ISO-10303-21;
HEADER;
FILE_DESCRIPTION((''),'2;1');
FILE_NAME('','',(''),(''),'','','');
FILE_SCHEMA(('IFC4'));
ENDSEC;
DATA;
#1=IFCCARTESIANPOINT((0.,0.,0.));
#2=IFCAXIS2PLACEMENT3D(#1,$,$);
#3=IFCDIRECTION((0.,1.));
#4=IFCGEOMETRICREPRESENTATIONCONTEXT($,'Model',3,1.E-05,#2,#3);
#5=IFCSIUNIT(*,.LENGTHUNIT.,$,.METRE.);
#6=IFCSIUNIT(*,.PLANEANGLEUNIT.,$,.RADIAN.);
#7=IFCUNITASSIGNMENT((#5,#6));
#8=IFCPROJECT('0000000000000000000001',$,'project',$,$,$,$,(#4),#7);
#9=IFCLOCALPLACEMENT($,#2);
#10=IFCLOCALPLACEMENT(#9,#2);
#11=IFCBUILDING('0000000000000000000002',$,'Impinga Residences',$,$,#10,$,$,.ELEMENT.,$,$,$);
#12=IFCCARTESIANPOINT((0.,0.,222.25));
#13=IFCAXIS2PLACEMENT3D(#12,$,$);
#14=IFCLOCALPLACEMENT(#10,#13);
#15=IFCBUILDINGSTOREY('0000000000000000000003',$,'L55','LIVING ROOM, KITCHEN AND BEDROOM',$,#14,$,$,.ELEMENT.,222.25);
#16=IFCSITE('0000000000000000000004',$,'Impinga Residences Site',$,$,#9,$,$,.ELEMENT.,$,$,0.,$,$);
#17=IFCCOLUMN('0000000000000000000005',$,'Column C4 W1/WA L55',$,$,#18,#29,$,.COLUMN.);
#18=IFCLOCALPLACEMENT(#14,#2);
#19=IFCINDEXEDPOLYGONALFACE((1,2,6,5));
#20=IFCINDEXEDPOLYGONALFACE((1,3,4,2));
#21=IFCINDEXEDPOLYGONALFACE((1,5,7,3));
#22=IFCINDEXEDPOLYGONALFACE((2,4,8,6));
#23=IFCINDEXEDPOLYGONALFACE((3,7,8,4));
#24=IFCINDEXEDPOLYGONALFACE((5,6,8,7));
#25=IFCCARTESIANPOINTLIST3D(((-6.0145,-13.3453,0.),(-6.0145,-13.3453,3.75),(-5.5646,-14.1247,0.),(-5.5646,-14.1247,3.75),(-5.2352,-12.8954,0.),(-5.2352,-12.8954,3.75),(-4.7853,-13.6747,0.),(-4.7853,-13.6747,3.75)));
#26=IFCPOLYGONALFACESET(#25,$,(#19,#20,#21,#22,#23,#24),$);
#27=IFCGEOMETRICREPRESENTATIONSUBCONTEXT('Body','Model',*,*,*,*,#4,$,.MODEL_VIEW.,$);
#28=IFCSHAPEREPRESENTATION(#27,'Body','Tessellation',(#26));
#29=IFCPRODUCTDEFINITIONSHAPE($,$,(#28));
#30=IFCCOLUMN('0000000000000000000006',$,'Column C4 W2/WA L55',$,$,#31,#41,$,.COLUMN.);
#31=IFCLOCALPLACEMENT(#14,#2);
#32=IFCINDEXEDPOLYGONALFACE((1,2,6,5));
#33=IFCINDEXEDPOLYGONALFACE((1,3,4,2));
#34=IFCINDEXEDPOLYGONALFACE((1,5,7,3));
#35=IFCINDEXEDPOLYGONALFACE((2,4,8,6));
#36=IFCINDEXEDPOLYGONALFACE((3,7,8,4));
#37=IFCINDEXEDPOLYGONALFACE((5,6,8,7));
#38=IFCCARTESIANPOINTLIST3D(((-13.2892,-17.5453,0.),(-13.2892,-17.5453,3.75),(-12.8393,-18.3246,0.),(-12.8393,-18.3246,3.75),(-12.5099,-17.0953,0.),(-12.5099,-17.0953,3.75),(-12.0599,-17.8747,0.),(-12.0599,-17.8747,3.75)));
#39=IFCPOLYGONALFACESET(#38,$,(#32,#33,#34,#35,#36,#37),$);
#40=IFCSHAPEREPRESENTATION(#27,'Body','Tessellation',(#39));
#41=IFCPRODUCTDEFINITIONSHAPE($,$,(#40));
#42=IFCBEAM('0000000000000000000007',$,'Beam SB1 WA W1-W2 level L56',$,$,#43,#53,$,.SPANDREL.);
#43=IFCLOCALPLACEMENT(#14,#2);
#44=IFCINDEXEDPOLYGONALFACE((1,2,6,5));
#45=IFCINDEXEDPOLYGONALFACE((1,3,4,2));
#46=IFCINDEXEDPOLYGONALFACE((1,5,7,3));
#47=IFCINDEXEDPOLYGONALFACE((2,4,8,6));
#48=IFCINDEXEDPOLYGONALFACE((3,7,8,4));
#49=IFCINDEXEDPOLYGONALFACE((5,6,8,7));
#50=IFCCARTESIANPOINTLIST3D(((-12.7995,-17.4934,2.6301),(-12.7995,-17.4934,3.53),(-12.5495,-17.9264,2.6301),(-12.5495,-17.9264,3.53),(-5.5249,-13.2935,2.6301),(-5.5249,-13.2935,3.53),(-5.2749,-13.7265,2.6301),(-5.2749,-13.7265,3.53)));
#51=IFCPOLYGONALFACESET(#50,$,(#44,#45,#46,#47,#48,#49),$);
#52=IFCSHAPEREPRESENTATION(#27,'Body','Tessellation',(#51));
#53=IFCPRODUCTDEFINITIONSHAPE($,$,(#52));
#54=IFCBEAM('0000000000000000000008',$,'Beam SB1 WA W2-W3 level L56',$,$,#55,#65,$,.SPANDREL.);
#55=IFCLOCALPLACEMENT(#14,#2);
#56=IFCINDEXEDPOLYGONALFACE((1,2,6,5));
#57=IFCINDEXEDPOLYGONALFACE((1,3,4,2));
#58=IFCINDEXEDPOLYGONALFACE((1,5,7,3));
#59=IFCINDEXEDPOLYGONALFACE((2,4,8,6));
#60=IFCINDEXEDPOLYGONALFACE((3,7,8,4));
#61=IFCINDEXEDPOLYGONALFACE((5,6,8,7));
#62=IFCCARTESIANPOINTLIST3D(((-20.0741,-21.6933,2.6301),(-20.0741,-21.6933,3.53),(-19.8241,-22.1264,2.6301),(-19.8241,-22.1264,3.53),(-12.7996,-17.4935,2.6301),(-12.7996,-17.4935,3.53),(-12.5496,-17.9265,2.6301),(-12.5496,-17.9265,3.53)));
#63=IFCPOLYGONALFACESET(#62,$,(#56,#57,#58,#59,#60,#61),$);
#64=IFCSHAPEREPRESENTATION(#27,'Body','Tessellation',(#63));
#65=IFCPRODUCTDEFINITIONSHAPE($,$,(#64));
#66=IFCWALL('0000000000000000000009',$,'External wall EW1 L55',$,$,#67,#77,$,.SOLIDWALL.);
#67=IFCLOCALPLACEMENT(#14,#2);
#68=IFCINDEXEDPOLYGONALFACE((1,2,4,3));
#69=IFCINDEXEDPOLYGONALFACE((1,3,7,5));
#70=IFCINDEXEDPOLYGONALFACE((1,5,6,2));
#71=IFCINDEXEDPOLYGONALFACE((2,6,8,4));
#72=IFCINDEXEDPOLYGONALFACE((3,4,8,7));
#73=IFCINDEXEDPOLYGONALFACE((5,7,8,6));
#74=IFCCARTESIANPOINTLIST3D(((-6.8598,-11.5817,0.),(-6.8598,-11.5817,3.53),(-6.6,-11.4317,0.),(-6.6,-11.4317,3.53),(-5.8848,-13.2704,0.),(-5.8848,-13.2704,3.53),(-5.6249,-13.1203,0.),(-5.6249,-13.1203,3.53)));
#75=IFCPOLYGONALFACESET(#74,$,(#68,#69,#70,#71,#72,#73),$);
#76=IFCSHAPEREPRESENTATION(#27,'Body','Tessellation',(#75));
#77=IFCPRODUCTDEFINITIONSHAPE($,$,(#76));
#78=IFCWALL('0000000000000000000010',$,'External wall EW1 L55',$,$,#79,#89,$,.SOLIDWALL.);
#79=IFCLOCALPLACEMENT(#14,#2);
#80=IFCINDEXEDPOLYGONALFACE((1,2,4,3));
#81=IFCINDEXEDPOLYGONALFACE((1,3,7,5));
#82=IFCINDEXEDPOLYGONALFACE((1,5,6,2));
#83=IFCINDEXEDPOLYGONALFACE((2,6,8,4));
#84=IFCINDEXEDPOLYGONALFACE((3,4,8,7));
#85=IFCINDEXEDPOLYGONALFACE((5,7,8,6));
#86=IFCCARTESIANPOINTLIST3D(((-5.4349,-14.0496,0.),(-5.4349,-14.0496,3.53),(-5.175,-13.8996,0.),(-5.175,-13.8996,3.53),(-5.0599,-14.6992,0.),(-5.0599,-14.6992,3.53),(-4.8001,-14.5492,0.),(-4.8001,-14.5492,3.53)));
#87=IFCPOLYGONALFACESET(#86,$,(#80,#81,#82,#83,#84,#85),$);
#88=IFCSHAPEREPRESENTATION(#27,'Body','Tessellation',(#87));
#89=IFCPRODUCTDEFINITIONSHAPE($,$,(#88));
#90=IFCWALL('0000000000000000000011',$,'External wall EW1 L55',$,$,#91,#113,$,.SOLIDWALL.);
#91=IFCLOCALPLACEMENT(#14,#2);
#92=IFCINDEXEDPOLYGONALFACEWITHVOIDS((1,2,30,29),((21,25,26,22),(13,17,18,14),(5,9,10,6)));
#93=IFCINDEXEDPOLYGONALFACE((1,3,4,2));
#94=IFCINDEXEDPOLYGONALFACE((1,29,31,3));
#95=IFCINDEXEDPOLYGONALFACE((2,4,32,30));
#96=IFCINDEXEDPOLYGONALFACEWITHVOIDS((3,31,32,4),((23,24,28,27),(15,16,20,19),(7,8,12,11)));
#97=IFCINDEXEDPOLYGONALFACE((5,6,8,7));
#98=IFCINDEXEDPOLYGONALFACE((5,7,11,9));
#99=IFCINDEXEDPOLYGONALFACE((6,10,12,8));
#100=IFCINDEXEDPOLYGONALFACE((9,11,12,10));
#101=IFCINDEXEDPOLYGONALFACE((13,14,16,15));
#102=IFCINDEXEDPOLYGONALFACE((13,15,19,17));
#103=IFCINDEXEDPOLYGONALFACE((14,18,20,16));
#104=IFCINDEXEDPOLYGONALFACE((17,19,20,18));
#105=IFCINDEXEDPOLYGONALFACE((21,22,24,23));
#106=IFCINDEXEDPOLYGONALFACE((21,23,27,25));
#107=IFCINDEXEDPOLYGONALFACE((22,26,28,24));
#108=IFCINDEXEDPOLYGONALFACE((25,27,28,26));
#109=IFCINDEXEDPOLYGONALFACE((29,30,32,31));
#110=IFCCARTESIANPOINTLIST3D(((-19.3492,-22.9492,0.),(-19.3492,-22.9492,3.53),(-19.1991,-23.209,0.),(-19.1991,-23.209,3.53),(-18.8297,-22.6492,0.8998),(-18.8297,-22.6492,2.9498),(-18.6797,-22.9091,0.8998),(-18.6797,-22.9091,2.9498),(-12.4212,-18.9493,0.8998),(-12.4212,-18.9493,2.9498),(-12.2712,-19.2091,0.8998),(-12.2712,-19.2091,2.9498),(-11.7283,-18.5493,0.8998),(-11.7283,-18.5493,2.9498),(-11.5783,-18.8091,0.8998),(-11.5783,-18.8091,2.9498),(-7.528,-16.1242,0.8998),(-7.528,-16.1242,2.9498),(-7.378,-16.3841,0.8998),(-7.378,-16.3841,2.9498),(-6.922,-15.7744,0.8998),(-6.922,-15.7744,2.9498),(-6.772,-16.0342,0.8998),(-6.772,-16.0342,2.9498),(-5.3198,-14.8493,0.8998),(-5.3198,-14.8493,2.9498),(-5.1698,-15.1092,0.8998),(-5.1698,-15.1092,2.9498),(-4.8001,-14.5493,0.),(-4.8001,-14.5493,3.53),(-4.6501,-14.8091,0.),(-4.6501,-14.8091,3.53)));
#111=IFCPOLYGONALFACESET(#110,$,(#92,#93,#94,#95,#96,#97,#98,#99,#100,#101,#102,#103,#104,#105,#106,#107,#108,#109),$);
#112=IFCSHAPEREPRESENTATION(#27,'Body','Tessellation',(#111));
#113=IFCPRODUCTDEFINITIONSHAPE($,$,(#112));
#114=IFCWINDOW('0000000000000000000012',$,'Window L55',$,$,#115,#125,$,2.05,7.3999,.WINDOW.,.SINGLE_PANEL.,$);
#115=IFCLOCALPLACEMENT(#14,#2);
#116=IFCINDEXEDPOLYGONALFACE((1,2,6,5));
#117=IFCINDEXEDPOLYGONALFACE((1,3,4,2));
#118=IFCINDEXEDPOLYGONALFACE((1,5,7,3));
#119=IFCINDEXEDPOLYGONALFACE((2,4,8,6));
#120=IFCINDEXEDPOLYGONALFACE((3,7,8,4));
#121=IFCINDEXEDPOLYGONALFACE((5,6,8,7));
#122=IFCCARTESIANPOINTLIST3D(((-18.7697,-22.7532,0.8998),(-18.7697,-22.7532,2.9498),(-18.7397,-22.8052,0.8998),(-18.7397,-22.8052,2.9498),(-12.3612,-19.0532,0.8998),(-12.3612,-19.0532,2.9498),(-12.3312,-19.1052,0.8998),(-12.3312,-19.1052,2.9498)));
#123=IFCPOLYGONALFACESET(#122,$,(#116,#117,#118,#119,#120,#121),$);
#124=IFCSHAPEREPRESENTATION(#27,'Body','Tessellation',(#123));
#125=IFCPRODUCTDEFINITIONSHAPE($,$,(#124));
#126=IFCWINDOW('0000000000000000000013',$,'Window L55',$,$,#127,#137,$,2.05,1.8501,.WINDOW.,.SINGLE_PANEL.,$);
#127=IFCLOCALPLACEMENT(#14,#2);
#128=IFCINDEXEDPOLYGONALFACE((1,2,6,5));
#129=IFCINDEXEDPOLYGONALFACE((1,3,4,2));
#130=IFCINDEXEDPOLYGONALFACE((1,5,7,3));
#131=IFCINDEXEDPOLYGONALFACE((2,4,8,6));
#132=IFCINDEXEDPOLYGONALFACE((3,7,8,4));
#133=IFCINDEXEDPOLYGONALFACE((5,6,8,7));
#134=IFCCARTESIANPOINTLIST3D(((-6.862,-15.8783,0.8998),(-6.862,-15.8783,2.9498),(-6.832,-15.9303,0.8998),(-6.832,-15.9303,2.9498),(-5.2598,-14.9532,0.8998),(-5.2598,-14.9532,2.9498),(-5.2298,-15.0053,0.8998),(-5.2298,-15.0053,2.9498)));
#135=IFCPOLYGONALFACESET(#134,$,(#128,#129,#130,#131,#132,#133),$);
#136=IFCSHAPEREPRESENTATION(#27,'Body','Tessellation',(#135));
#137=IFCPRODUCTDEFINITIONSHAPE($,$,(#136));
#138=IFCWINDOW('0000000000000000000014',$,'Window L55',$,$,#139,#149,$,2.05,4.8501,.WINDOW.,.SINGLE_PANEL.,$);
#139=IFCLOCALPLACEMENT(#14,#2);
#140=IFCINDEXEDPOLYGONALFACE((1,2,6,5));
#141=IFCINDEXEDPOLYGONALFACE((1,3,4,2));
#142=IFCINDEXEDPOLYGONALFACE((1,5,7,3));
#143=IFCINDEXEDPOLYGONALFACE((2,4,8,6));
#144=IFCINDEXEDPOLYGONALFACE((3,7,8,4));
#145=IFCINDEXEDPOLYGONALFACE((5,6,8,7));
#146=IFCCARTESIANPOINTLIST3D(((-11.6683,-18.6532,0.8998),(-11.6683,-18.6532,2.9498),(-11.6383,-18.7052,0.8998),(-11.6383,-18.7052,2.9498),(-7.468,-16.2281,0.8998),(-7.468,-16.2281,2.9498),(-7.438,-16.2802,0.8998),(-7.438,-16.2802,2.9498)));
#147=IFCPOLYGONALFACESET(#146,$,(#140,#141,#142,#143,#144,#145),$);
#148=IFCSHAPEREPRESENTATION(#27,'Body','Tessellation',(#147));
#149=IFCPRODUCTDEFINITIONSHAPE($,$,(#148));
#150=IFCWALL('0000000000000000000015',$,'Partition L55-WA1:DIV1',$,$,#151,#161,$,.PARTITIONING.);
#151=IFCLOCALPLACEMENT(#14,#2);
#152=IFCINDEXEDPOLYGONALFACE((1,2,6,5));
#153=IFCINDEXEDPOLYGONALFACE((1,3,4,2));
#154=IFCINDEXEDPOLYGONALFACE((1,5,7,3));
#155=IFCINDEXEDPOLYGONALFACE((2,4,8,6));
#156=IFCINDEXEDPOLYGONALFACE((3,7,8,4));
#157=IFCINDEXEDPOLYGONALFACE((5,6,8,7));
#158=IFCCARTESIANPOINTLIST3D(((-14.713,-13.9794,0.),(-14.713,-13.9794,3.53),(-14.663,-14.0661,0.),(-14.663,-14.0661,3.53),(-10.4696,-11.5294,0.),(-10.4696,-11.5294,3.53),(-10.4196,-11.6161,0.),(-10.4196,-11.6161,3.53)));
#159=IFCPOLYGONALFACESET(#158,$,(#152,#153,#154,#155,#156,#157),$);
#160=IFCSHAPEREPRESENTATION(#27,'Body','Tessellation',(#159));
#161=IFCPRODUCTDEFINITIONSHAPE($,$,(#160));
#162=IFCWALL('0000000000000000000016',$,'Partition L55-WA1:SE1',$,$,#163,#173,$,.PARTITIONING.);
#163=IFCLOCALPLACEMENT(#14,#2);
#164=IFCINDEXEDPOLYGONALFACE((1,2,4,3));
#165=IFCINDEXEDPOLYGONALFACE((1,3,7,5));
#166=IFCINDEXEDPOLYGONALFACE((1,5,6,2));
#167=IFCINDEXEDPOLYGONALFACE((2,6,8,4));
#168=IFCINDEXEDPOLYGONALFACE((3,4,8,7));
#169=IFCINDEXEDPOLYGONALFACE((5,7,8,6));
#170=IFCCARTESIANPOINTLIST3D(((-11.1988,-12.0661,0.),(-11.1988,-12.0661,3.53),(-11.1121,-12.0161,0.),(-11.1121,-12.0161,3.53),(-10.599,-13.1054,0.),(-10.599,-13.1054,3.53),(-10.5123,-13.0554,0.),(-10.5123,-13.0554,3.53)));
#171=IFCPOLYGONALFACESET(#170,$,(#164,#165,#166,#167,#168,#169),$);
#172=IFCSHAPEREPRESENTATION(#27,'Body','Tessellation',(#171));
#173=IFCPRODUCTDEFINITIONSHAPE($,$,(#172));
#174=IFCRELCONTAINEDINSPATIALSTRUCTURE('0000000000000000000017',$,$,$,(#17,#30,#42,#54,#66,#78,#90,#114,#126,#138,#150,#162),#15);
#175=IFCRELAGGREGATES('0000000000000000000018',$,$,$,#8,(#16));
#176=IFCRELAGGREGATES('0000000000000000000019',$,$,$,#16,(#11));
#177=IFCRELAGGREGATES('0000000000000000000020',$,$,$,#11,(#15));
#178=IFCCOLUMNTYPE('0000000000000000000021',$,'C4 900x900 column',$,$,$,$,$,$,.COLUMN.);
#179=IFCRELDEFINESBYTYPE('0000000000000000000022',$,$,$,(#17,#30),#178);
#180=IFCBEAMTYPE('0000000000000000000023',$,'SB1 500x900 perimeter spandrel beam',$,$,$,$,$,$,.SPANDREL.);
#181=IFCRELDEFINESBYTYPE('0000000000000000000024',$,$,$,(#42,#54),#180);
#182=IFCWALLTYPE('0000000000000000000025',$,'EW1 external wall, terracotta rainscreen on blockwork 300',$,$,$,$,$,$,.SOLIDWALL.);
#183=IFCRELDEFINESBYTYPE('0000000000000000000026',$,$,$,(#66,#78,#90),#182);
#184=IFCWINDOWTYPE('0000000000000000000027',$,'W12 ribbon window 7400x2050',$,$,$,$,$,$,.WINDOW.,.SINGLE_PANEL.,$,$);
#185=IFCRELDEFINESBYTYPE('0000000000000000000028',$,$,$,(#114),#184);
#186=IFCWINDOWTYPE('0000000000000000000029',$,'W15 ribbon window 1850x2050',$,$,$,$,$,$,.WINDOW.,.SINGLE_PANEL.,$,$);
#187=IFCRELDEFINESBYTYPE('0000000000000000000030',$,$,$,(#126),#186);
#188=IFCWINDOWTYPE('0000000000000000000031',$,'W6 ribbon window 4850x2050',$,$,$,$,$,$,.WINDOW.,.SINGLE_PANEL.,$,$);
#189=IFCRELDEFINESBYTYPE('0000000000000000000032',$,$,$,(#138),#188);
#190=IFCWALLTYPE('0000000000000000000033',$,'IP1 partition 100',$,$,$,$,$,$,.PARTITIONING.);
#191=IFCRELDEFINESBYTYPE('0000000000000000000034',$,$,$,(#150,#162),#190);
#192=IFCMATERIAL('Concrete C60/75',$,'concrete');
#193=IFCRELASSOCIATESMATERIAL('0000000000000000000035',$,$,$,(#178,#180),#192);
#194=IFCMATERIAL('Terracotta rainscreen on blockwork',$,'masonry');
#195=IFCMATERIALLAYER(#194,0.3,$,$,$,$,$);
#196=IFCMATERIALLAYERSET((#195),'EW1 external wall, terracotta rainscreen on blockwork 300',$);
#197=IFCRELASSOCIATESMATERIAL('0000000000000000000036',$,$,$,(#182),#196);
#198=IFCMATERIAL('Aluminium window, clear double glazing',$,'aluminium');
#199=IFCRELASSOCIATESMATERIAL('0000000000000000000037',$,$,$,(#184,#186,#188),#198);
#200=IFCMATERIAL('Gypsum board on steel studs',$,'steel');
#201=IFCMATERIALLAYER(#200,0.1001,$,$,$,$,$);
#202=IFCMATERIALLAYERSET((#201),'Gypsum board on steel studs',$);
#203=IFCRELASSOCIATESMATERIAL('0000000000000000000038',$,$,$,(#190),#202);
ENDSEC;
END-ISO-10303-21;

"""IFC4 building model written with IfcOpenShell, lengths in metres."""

from ifc_helpers import new_model, si_unit, direction, frame, frame_2d, origin, origin_2d, place, context, subcontext, project, spatial, rectangle, extrude, material, layer, layer_set, material_profile, profile_set, type_object, element, fill, save


model = new_model("IFC4")

# Units and contexts
model_context = context("Model", 3, precision=1e-05, world=origin(), true_north=direction((0.0, 1.0)))
body_context = subcontext(model_context, "Body", "Model", "MODEL_VIEW")
ifc_project = project(units=[si_unit("LENGTHUNIT", "METRE"), si_unit("PLANEANGLEUNIT", "RADIAN")], contexts=[model_context])

# Site, building, storey
site_placement = place(None, origin())
site = spatial("IfcSite", under=ifc_project, at=site_placement, Name="Impinga Residences Site", CompositionType="ELEMENT", RefElevation=0.0)
building_placement = place(site_placement, origin())
building = spatial("IfcBuilding", under=site, at=building_placement, Name="Impinga Residences", CompositionType="ELEMENT")
storey_placement = place(building_placement, frame((0.0, 0.0, 222.25)))
storey = spatial("IfcBuildingStorey", under=building, at=storey_placement, Name="L55", Description="LIVING ROOM, KITCHEN AND BEDROOM", CompositionType="ELEMENT", Elevation=222.25)

# Columns
ifc_material_1 = material(Name="Concrete C60/75", Category="concrete")
ifc_material_profile_1 = material_profile(ifc_material_1, rectangle(XDim=0.8999, YDim=0.8999, at=origin_2d()), Name="RC 900x900")
ifc_profile_set_1 = profile_set([ifc_material_profile_1], Name="Concrete C60/75")
column_type = type_object("IfcColumnType", Name="C4 900x900 column", PredefinedType="COLUMN", material=ifc_profile_set_1)
for number, where, z_axis, x_axis, name in (
    (1, (-5.3999, -13.51, 0.0), (0.0, 0.0, 1.0), (-0.5, 0.866025, 0.0), "Column C4 W1/WA L55"),
    (2, (-12.6746, -17.71, 0.0), (0.0, 0.0, 1.0), (-0.5, 0.866025, 0.0), "Column C4 W2/WA L55"),
):
    element("IfcColumn", number, at=place(storey_placement, frame(where, z_axis=z_axis, x_axis=x_axis)), inside=storey, type_object=column_type, Name=name, PredefinedType="COLUMN", context=body_context, shape_type="SweptSolid", body=[
        extrude(rectangle(XDim=0.8999, YDim=0.8999, at=origin_2d()), origin(), (0.0, 0.0, 1.0), 3.75),
    ])

# Beams
ifc_material_profile_2 = material_profile(ifc_material_1, rectangle(XDim=0.5, YDim=0.8999, at=origin_2d()), Name="RC 500x900")
ifc_profile_set_2 = profile_set([ifc_material_profile_2], Name="Concrete C60/75")
beam_type = type_object("IfcBeamType", Name="SB1 500x900 perimeter spandrel beam", PredefinedType="SPANDREL", material=ifc_profile_set_2)
for number, where, z_axis, x_axis, name in (
    (3, (-5.3999, -13.51, 3.0801), (-0.866029, -0.499993, 0.0), (0.499993, -0.866029, 0.0), "Beam SB1 WA W1-W2 level L56"),
    (4, (-12.6746, -17.71, 3.0801), (-0.866029, -0.499993, 0.0), (0.499993, -0.866029, 0.0), "Beam SB1 WA W2-W3 level L56"),
):
    element("IfcBeam", number, at=place(storey_placement, frame(where, z_axis=z_axis, x_axis=x_axis)), inside=storey, type_object=beam_type, Name=name, PredefinedType="SPANDREL", context=body_context, shape_type="SweptSolid", body=[
        extrude(rectangle(XDim=0.5, YDim=0.8999, at=origin_2d()), origin(), (0.0, 0.0, 1.0), 8.3999),
    ])

# Walls
ifc_material_2 = material(Name="Terracotta rainscreen on blockwork", Category="masonry")
ifc_layer_1 = layer(ifc_material_2, 0.3)
ifc_layer_set_1 = layer_set([ifc_layer_1], Name="EW1 external wall, terracotta rainscreen on blockwork 300")
wall_type_1 = type_object("IfcWallType", Name="EW1 external wall, terracotta rainscreen on blockwork 300", PredefinedType="SOLIDWALL", material=ifc_layer_set_1)
wall_1_placement = place(storey_placement, frame((-6.73, -11.5066, 0.0), z_axis=(0.0, 0.0, 1.0), x_axis=(0.500044, -0.866, 0.0)))
element("IfcWall", 5, at=wall_1_placement, inside=storey, type_object=wall_type_1, Name="External wall EW1 L55", PredefinedType="SOLIDWALL", context=body_context, shape_type="SweptSolid", body=[
    extrude(rectangle(XDim=1.95, YDim=0.3, at=frame_2d((0.9751, 0.0))), origin(), (0.0, 0.0, 1.0), 3.53),
])
wall_2_placement = place(storey_placement, frame((-5.3049, -13.9746, 0.0), z_axis=(0.0, 0.0, 1.0), x_axis=(0.49992, -0.866072, 0.0)))
element("IfcWall", 6, at=wall_2_placement, inside=storey, type_object=wall_type_1, Name="External wall EW1 L55", PredefinedType="SOLIDWALL", context=body_context, shape_type="SweptSolid", body=[
    extrude(rectangle(XDim=0.75, YDim=0.3, at=frame_2d((0.375, 0.0))), origin(), (0.0, 0.0, 1.0), 3.53),
])

# Wall, openings, windows
wall_3_placement = place(storey_placement, frame((-4.7251, -14.6792, 0.0), z_axis=(0.0, 0.0, 1.0), x_axis=(-0.866026, -0.5, 0.0)))
wall_3 = element("IfcWall", 7, at=wall_3_placement, inside=storey, type_object=wall_type_1, Name="External wall EW1 L55", PredefinedType="SOLIDWALL", context=body_context, shape_type="SweptSolid", body=[
    extrude(rectangle(XDim=16.7998, YDim=0.3, at=frame_2d((8.3999, 0.0))), origin(), (0.0, 0.0, 1.0), 3.53),
])
opening_1_placement = place(wall_3_placement, frame((0.6001, 0.0, 0.8999)))
opening_1 = element("IfcOpeningElement", 8, at=opening_1_placement, cuts=wall_3, PredefinedType="OPENING", context=body_context, shape_type="SweptSolid", body=[
    extrude(rectangle(XDim=1.8501, YDim=2.05, at=frame_2d((0.925, 1.0249))), frame((0.0, 0.1599, 0.0), z_axis=(0.0, -1.0, 0.0), x_axis=(1.0, 0.0, 0.0)), (0.0, 0.0, 1.0), 0.3201),
])
opening_2_placement = place(wall_3_placement, frame((3.1499, 0.0, 0.8999)))
opening_2 = element("IfcOpeningElement", 9, at=opening_2_placement, cuts=wall_3, PredefinedType="OPENING", context=body_context, shape_type="SweptSolid", body=[
    extrude(rectangle(XDim=4.8501, YDim=2.05, at=frame_2d((2.425, 1.0249))), frame((0.0, 0.1599, 0.0), z_axis=(0.0, -1.0, 0.0), x_axis=(1.0, 0.0, 0.0)), (0.0, 0.0, 1.0), 0.3201),
])
opening_3_placement = place(wall_3_placement, frame((8.8, 0.0, 0.8999)))
opening_3 = element("IfcOpeningElement", 10, at=opening_3_placement, cuts=wall_3, PredefinedType="OPENING", context=body_context, shape_type="SweptSolid", body=[
    extrude(rectangle(XDim=7.3999, YDim=2.05, at=frame_2d((3.7, 1.0249))), frame((0.0, 0.1599, 0.0), z_axis=(0.0, -1.0, 0.0), x_axis=(1.0, 0.0, 0.0)), (0.0, 0.0, 1.0), 0.3201),
])
ifc_material_3 = material(Name="Aluminium window, clear double glazing", Category="aluminium")
window_type_1 = type_object("IfcWindowType", Name="W12 ribbon window 7400x2050", PartitioningType="SINGLE_PANEL", PredefinedType="WINDOW", material=ifc_material_3)
window_1_placement = place(opening_3_placement, origin())
window_1 = element("IfcWindow", 11, at=window_1_placement, inside=storey, type_object=window_type_1, Name="Window L55", OverallHeight=2.05, OverallWidth=7.3999, PartitioningType="SINGLE_PANEL", PredefinedType="WINDOW", context=body_context, shape_type="SweptSolid", body=[
    extrude(rectangle(XDim=7.3999, YDim=2.05, at=frame_2d((3.7, 1.0249))), frame((0.0, 0.03, 0.0), z_axis=(0.0, -1.0, 0.0), x_axis=(1.0, 0.0, 0.0)), (0.0, 0.0, 1.0), 0.0601),
])
fill(opening_3, window_1)
window_type_2 = type_object("IfcWindowType", Name="W15 ribbon window 1850x2050", PartitioningType="SINGLE_PANEL", PredefinedType="WINDOW", material=ifc_material_3)
window_2_placement = place(opening_1_placement, origin())
window_2 = element("IfcWindow", 12, at=window_2_placement, inside=storey, type_object=window_type_2, Name="Window L55", OverallHeight=2.05, OverallWidth=1.8501, PartitioningType="SINGLE_PANEL", PredefinedType="WINDOW", context=body_context, shape_type="SweptSolid", body=[
    extrude(rectangle(XDim=1.8501, YDim=2.05, at=frame_2d((0.925, 1.0249))), frame((0.0, 0.03, 0.0), z_axis=(0.0, -1.0, 0.0), x_axis=(1.0, 0.0, 0.0)), (0.0, 0.0, 1.0), 0.0601),
])
fill(opening_1, window_2)
window_type_3 = type_object("IfcWindowType", Name="W6 ribbon window 4850x2050", PartitioningType="SINGLE_PANEL", PredefinedType="WINDOW", material=ifc_material_3)
window_3_placement = place(opening_2_placement, origin())
window_3 = element("IfcWindow", 13, at=window_3_placement, inside=storey, type_object=window_type_3, Name="Window L55", OverallHeight=2.05, OverallWidth=4.8501, PartitioningType="SINGLE_PANEL", PredefinedType="WINDOW", context=body_context, shape_type="SweptSolid", body=[
    extrude(rectangle(XDim=4.8501, YDim=2.05, at=frame_2d((2.425, 1.0249))), frame((0.0, 0.03, 0.0), z_axis=(0.0, -1.0, 0.0), x_axis=(1.0, 0.0, 0.0)), (0.0, 0.0, 1.0), 0.0601),
])
fill(opening_2, window_3)

# Walls
ifc_material_4 = material(Name="Gypsum board on steel studs", Category="steel")
ifc_layer_2 = layer(ifc_material_4, 0.1001)
ifc_layer_set_2 = layer_set([ifc_layer_2], Name="Gypsum board on steel studs")
wall_type_2 = type_object("IfcWallType", Name="IP1 partition 100", PredefinedType="PARTITIONING", material=ifc_layer_set_2)
wall_4_placement = place(storey_placement, frame((-10.4446, -11.5728, 0.0), z_axis=(0.0, 0.0, 1.0), x_axis=(-0.866024, -0.500003, 0.0)))
element("IfcWall", 14, at=wall_4_placement, inside=storey, type_object=wall_type_2, Name="Partition L55-WA1:DIV1", PredefinedType="PARTITIONING", context=body_context, shape_type="SweptSolid", body=[
    extrude(rectangle(XDim=4.8999, YDim=0.1001, at=frame_2d((2.45, 0.0))), origin(), (0.0, 0.0, 1.0), 3.53),
])
wall_5_placement = place(storey_placement, frame((-11.1555, -12.041, 0.0), z_axis=(0.0, 0.0, 1.0), x_axis=(0.499881, -0.866094, 0.0)))
element("IfcWall", 15, at=wall_5_placement, inside=storey, type_object=wall_type_2, Name="Partition L55-WA1:SE1", PredefinedType="PARTITIONING", context=body_context, shape_type="SweptSolid", body=[
    extrude(rectangle(XDim=1.2, YDim=0.1001, at=frame_2d((0.6001, 0.0))), origin(), (0.0, 0.0, 1.0), 3.53),
])

save(model, "model.ifc")
